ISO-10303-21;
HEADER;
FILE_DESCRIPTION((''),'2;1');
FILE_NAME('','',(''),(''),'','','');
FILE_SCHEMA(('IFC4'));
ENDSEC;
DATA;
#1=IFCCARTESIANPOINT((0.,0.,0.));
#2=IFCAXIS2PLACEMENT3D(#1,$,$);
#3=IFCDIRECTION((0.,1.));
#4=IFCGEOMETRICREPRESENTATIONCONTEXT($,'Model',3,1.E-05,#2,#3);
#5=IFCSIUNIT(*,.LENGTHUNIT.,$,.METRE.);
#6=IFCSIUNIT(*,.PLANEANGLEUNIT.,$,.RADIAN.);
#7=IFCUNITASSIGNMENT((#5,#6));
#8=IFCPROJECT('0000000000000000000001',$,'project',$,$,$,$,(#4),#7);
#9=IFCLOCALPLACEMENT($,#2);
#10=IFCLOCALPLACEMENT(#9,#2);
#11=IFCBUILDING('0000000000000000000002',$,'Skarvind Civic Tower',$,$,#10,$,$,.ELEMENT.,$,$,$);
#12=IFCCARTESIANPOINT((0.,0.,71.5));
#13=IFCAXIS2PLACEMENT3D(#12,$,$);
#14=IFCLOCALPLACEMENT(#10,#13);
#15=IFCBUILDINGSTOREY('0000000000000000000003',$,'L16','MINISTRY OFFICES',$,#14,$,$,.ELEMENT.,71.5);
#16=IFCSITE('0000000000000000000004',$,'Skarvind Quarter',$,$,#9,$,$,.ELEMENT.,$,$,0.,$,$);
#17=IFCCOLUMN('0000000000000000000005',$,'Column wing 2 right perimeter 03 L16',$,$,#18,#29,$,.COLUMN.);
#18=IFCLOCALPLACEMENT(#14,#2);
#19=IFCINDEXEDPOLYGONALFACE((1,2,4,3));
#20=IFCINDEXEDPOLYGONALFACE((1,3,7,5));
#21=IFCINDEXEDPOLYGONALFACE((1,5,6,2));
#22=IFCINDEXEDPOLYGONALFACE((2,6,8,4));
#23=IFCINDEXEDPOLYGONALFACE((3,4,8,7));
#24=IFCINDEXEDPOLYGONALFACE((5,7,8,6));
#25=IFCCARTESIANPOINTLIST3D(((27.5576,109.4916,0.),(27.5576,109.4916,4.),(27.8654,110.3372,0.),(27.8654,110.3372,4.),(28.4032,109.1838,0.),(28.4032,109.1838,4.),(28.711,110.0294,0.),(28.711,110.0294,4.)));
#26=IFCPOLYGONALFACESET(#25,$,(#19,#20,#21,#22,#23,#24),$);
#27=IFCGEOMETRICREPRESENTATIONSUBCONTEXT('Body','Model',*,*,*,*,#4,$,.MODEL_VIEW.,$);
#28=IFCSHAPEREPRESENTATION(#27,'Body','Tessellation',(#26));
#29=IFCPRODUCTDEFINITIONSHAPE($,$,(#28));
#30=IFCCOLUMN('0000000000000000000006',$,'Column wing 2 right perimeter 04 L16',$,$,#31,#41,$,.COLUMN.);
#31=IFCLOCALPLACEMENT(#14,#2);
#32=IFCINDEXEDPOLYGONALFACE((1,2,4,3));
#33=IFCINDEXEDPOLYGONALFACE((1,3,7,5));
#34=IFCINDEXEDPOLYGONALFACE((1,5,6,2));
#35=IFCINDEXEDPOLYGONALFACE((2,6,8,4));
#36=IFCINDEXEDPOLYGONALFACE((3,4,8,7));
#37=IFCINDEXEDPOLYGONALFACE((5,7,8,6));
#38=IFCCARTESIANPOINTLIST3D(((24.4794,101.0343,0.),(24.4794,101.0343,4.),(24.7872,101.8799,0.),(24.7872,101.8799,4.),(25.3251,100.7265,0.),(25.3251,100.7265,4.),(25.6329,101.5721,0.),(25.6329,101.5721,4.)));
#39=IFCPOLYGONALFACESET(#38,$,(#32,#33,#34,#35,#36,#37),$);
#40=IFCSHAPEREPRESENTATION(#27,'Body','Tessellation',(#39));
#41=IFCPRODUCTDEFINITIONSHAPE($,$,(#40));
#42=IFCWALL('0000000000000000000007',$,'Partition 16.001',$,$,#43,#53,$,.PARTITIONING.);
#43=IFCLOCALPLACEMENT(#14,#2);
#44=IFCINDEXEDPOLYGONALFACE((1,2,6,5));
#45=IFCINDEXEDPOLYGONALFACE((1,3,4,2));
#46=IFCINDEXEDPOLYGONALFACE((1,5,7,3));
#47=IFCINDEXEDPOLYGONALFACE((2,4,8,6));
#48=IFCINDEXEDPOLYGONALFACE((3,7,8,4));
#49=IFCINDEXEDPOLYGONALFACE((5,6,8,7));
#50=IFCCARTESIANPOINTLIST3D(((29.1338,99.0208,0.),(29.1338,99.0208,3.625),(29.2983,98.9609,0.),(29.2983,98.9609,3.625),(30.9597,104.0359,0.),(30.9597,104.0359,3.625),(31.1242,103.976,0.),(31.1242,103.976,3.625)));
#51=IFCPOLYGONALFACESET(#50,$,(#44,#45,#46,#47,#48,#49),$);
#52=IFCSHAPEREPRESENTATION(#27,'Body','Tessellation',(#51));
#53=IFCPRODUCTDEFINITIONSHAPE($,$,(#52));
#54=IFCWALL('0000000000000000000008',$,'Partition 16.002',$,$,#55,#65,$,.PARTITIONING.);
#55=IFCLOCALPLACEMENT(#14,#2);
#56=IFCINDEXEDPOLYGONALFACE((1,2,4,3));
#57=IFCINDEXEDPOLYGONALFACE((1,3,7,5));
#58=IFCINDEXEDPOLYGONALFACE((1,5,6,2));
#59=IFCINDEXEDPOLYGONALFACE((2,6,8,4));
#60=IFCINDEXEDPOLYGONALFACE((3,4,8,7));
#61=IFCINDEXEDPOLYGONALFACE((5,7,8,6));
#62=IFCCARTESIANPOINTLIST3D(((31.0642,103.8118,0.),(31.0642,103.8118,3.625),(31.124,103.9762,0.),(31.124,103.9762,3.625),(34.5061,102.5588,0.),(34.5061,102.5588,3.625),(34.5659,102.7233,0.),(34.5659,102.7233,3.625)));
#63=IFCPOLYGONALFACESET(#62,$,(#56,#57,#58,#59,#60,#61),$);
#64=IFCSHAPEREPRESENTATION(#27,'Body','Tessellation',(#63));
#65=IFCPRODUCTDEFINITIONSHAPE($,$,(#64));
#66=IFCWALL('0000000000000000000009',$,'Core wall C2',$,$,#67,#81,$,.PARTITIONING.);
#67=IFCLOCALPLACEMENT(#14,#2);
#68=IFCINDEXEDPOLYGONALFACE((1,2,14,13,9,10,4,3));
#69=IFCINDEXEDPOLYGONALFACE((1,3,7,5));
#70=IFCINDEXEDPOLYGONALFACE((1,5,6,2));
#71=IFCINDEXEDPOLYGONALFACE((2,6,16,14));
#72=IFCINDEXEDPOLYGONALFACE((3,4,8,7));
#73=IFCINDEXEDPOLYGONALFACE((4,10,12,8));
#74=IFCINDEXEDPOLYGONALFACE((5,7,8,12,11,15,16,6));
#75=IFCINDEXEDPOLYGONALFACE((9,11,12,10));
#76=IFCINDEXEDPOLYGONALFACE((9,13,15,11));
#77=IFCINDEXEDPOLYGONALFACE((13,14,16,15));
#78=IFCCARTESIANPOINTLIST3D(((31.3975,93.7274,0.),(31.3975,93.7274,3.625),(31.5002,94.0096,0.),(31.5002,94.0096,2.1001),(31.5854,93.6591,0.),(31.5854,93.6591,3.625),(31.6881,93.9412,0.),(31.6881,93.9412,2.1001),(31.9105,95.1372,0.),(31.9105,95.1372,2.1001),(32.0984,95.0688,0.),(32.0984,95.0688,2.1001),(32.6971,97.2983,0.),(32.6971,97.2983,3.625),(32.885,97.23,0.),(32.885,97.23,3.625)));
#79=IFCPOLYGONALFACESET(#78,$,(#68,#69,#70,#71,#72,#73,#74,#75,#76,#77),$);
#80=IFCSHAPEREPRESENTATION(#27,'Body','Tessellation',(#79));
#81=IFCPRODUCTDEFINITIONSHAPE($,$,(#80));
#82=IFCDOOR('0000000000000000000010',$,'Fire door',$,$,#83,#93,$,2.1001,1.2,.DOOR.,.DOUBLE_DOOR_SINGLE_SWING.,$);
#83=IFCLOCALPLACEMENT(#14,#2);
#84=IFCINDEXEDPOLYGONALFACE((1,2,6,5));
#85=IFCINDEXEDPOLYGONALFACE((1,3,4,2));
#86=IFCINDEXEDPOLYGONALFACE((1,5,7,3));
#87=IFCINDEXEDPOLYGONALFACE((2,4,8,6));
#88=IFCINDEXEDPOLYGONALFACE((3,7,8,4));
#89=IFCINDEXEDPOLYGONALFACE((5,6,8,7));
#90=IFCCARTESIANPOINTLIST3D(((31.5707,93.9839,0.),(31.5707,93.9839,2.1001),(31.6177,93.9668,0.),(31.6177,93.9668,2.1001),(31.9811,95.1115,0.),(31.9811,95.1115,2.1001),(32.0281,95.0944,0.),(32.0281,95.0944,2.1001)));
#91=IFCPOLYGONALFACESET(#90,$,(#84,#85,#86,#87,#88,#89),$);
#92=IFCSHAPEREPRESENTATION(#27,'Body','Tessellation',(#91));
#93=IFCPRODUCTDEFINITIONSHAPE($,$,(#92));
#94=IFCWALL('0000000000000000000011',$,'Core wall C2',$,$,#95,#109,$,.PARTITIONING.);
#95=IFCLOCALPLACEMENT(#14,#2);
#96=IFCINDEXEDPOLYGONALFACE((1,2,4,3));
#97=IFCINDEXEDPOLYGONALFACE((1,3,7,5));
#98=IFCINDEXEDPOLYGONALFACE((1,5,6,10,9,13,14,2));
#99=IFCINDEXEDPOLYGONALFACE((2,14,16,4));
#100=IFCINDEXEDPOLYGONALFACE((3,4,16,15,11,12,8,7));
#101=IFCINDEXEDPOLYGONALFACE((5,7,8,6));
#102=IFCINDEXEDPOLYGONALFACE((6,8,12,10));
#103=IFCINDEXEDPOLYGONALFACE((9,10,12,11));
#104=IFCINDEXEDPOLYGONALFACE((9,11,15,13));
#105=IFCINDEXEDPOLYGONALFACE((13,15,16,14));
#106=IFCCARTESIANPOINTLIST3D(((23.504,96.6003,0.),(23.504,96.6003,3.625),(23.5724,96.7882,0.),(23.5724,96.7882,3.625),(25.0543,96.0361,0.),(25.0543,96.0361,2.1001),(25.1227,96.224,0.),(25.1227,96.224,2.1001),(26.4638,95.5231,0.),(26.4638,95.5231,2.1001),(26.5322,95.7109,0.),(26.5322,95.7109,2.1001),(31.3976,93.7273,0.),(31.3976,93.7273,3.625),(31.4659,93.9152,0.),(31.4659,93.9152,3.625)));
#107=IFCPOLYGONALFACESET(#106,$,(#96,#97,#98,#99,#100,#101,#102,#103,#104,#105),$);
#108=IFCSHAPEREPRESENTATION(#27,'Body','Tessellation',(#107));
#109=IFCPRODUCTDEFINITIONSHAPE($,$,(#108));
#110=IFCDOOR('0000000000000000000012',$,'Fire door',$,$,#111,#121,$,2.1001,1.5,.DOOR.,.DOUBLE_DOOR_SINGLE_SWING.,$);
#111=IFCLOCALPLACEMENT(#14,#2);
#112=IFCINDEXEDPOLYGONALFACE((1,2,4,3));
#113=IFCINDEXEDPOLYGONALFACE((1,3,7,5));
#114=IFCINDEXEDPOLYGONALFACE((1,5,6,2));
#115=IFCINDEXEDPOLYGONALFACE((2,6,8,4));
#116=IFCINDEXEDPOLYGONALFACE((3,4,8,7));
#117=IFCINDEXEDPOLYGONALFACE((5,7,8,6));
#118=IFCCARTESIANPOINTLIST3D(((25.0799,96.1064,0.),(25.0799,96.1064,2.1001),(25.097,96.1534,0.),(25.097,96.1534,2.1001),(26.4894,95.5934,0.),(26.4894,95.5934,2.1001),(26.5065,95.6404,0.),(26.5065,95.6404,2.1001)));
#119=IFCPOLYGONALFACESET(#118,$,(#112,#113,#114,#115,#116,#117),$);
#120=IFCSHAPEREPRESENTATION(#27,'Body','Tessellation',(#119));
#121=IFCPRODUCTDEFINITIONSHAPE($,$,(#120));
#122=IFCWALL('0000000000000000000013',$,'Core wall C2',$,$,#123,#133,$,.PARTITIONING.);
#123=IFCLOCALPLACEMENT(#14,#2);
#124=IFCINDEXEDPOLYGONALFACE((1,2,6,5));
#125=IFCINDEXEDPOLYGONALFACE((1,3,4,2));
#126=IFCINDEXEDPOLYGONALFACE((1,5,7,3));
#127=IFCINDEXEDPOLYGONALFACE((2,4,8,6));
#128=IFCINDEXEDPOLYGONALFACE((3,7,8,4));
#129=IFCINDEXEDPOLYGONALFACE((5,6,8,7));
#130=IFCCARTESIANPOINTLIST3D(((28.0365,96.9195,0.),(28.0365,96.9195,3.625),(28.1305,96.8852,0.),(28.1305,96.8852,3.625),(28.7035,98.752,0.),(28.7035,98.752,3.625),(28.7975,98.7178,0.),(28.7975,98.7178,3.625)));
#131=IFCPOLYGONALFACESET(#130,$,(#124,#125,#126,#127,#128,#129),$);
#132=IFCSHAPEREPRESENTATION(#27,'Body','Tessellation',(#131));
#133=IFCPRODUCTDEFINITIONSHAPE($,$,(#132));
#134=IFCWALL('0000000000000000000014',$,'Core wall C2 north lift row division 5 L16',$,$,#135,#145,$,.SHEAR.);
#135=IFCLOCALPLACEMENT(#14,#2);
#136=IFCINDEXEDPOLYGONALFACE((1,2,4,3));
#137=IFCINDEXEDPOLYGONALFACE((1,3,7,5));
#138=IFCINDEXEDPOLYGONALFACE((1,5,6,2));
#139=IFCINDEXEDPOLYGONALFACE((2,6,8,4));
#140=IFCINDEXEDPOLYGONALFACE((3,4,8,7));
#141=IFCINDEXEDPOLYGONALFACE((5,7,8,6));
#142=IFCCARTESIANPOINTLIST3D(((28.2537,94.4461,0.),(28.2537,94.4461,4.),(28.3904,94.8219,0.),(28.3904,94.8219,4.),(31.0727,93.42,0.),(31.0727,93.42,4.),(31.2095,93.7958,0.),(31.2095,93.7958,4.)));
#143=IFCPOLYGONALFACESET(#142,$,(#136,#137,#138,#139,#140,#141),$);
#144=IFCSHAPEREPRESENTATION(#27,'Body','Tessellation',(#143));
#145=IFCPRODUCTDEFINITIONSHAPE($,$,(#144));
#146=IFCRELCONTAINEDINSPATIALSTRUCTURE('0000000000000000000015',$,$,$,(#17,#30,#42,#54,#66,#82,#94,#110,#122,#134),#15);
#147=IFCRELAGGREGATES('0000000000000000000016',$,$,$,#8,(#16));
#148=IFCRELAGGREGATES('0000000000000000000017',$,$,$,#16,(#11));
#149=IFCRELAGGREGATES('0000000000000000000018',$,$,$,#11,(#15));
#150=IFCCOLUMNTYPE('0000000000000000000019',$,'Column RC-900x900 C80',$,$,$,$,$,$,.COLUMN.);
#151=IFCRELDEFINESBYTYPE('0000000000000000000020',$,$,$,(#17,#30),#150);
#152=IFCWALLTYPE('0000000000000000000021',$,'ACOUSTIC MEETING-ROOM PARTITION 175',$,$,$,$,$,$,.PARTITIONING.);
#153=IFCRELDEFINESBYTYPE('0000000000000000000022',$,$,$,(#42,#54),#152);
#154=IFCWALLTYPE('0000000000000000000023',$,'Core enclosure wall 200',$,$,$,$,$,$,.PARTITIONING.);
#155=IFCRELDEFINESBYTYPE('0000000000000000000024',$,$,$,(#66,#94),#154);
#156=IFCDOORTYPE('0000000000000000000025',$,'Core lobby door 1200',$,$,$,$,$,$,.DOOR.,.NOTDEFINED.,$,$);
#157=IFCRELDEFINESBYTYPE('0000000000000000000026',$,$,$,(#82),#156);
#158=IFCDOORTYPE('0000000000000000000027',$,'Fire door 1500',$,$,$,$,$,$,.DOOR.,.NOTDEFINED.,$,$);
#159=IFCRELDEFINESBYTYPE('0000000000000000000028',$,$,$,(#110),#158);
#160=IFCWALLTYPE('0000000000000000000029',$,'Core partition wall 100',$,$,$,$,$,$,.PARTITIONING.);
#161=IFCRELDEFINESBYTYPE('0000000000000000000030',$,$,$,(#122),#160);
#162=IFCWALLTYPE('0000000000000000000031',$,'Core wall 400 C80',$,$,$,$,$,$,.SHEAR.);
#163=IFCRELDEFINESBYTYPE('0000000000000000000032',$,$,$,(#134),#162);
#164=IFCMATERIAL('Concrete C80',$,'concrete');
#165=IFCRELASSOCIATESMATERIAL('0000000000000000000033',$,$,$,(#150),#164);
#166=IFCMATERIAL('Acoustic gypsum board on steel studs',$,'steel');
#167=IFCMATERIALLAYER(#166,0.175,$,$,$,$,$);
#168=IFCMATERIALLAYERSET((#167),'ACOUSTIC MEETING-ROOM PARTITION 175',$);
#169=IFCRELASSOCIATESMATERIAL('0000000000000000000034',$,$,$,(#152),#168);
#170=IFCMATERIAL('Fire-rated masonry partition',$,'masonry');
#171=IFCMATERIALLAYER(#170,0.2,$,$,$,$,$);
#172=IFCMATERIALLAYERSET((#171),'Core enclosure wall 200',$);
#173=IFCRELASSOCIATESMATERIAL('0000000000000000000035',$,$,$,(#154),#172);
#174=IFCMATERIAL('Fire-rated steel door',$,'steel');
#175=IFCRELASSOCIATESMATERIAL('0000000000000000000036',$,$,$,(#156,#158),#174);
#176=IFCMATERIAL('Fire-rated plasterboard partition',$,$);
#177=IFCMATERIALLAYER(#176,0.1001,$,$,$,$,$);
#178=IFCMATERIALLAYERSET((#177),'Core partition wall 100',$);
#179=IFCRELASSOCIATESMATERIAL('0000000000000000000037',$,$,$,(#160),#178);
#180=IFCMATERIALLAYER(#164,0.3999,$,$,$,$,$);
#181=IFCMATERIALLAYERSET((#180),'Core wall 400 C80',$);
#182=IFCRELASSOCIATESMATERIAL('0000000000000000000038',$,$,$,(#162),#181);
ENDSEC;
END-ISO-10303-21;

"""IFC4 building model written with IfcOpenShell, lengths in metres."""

from ifc_helpers import new_model, si_unit, direction, frame, frame_2d, origin, origin_2d, place, context, subcontext, project, spatial, rectangle, extrude, material, layer, layer_set, material_profile, profile_set, type_object, element, fill, save


model = new_model("IFC4")

# Units and contexts
model_context = context("Model", 3, precision=1e-05, world=origin(), true_north=direction((0.0, 1.0)))
body_context = subcontext(model_context, "Body", "Model", "MODEL_VIEW")
ifc_project = project(units=[si_unit("LENGTHUNIT", "METRE"), si_unit("PLANEANGLEUNIT", "RADIAN")], contexts=[model_context])

# Site, building, storey
site_placement = place(None, origin())
site = spatial("IfcSite", under=ifc_project, at=site_placement, Name="Skarvind Quarter", CompositionType="ELEMENT", RefElevation=0.0)
building_placement = place(site_placement, origin())
building = spatial("IfcBuilding", under=site, at=building_placement, Name="Skarvind Civic Tower", CompositionType="ELEMENT")
storey_placement = place(building_placement, frame((0.0, 0.0, 71.5)))
storey = spatial("IfcBuildingStorey", under=building, at=storey_placement, Name="L16", Description="MINISTRY OFFICES", CompositionType="ELEMENT", Elevation=71.5)

# Columns
ifc_material_1 = material(Name="Concrete C80", Category="concrete")
ifc_material_profile = material_profile(ifc_material_1, rectangle(XDim=0.8999, YDim=0.8999, at=origin_2d()), Name="RC-900x900")
ifc_profile_set = profile_set([ifc_material_profile], Name="Concrete C80")
column_type = type_object("IfcColumnType", Name="Column RC-900x900 C80", PredefinedType="COLUMN", material=ifc_profile_set)
for number, where, z_axis, x_axis, name in (
    (1, (28.1343, 109.7605, 0.0), (0.0, 0.0, 1.0), (-0.34202, -0.939693, 0.0), "Column wing 2 right perimeter 03 L16"),
    (2, (25.0562, 101.3032, 0.0), (0.0, 0.0, 1.0), (-0.34202, -0.939693, 0.0), "Column wing 2 right perimeter 04 L16"),
):
    element("IfcColumn", number, at=place(storey_placement, frame(where, z_axis=z_axis, x_axis=x_axis)), inside=storey, type_object=column_type, Name=name, PredefinedType="COLUMN", context=body_context, shape_type="SweptSolid", body=[
        extrude(rectangle(XDim=0.8999, YDim=0.8999, at=origin_2d()), origin(), (0.0, 0.0, 1.0), 4.0),
    ])

# Walls
ifc_material_2 = material(Name="Acoustic gypsum board on steel studs", Category="steel")
ifc_layer_1 = layer(ifc_material_2, 0.175)
ifc_layer_set_1 = layer_set([ifc_layer_1], Name="ACOUSTIC MEETING-ROOM PARTITION 175")
wall_type_1 = type_object("IfcWallType", Name="ACOUSTIC MEETING-ROOM PARTITION 175", PredefinedType="PARTITIONING", material=ifc_layer_set_1)
wall_1_placement = place(storey_placement, frame((29.2161, 98.991, 0.0), z_axis=(0.0, 0.0, 1.0), x_axis=(0.342114, 0.939658, 0.0)))
element("IfcWall", 3, at=wall_1_placement, inside=storey, type_object=wall_type_1, Name="Partition 16.001", PredefinedType="PARTITIONING", context=body_context, shape_type="SweptSolid", body=[
    extrude(rectangle(XDim=5.3372, YDim=0.175, at=frame_2d((2.6685, 0.0))), origin(), (0.0, 0.0, 1.0), 3.625),
])
wall_2_placement = place(storey_placement, frame((31.094, 103.894, 0.0), z_axis=(0.0, 0.0, 1.0), x_axis=(0.939677, -0.342064, 0.0)))
element("IfcWall", 4, at=wall_2_placement, inside=storey, type_object=wall_type_1, Name="Partition 16.002", PredefinedType="PARTITIONING", context=body_context, shape_type="SweptSolid", body=[
    extrude(rectangle(XDim=3.6628, YDim=0.175, at=frame_2d((1.8315, 0.0))), origin(), (0.0, 0.0, 1.0), 3.625),
])

# Walls, openings, doors
ifc_material_3 = material(Name="Fire-rated masonry partition", Category="masonry")
ifc_layer_2 = layer(ifc_material_3, 0.2)
ifc_layer_set_2 = layer_set([ifc_layer_2], Name="Core enclosure wall 200")
wall_type_2 = type_object("IfcWallType", Name="Core enclosure wall 200", PredefinedType="PARTITIONING", material=ifc_layer_set_2)
wall_3_placement = place(storey_placement, frame((31.4915, 93.6934, 0.0), z_axis=(0.0, 0.0, 1.0), x_axis=(0.341996, 0.939701, 0.0)))
wall_3 = element("IfcWall", 5, at=wall_3_placement, inside=storey, type_object=wall_type_2, Name="Core wall C2", PredefinedType="PARTITIONING", context=body_context, shape_type="SweptSolid", body=[
    extrude(rectangle(XDim=3.8, YDim=0.2, at=frame_2d((1.8999, 0.0))), origin(), (0.0, 0.0, 1.0), 3.625),
])
opening_1_placement = place(wall_3_placement, frame((0.3, 0.0, 0.0)))
opening_1 = element("IfcOpeningElement", 6, at=opening_1_placement, cuts=wall_3, PredefinedType="OPENING", context=body_context, shape_type="SweptSolid", body=[
    extrude(rectangle(XDim=1.2, YDim=2.1001, at=frame_2d((0.6001, 1.05))), frame((0.0, 0.1099, 0.0), z_axis=(0.0, -1.0, 0.0), x_axis=(1.0, 0.0, 0.0)), (0.0, 0.0, 1.0), 0.22),
])
ifc_material_4 = material(Name="Fire-rated steel door", Category="steel")
door_type_1 = type_object("IfcDoorType", Name="Core lobby door 1200", OperationType="NOTDEFINED", PredefinedType="DOOR", material=ifc_material_4)
door_1_placement = place(opening_1_placement, origin())
door_1 = element("IfcDoor", 7, at=door_1_placement, inside=storey, type_object=door_type_1, Name="Fire door", OperationType="DOUBLE_DOOR_SINGLE_SWING", OverallHeight=2.1001, OverallWidth=1.2, PredefinedType="DOOR", context=body_context, shape_type="SweptSolid", body=[
    extrude(rectangle(XDim=1.2, YDim=2.1001, at=frame_2d((0.6001, 1.05))), frame((0.0, 0.0249, 0.0), z_axis=(0.0, -1.0, 0.0), x_axis=(1.0, 0.0, 0.0)), (0.0, 0.0, 1.0), 0.05),
])
fill(opening_1, door_1)
wall_4_placement = place(storey_placement, frame((23.5381, 96.6943, 0.0), z_axis=(0.0, 0.0, 1.0), x_axis=(0.939692, -0.342023, 0.0)))
wall_4 = element("IfcWall", 8, at=wall_4_placement, inside=storey, type_object=wall_type_2, Name="Core wall C2", PredefinedType="PARTITIONING", context=body_context, shape_type="SweptSolid", body=[
    extrude(rectangle(XDim=8.4001, YDim=0.2, at=frame_2d((4.2002, 0.0))), origin(), (0.0, 0.0, 1.0), 3.625),
])
opening_2_placement = place(wall_4_placement, frame((1.6499, 0.0, 0.0)))
opening_2 = element("IfcOpeningElement", 9, at=opening_2_placement, cuts=wall_4, PredefinedType="OPENING", context=body_context, shape_type="SweptSolid", body=[
    extrude(rectangle(XDim=1.5, YDim=2.1001, at=frame_2d((0.75, 1.05))), frame((0.0, 0.1099, 0.0), z_axis=(0.0, -1.0, 0.0), x_axis=(1.0, 0.0, 0.0)), (0.0, 0.0, 1.0), 0.22),
])
door_type_2 = type_object("IfcDoorType", Name="Fire door 1500", OperationType="NOTDEFINED", PredefinedType="DOOR", material=ifc_material_4)
door_2_placement = place(opening_2_placement, origin())
door_2 = element("IfcDoor", 10, at=door_2_placement, inside=storey, type_object=door_type_2, Name="Fire door", OperationType="DOUBLE_DOOR_SINGLE_SWING", OverallHeight=2.1001, OverallWidth=1.5, PredefinedType="DOOR", context=body_context, shape_type="SweptSolid", body=[
    extrude(rectangle(XDim=1.5, YDim=2.1001, at=frame_2d((0.75, 1.05))), frame((0.0, 0.0249, 0.0), z_axis=(0.0, -1.0, 0.0), x_axis=(1.0, 0.0, 0.0)), (0.0, 0.0, 1.0), 0.05),
])
fill(opening_2, door_2)

# Walls
ifc_material_5 = material(Name="Fire-rated plasterboard partition")
ifc_layer_3 = layer(ifc_material_5, 0.1001)
ifc_layer_set_3 = layer_set([ifc_layer_3], Name="Core partition wall 100")
wall_type_3 = type_object("IfcWallType", Name="Core partition wall 100", PredefinedType="PARTITIONING", material=ifc_layer_set_3)
wall_5_placement = place(storey_placement, frame((28.0835, 96.9023, 0.0), z_axis=(0.0, 0.0, 1.0), x_axis=(0.342025, 0.939691, 0.0)))
element("IfcWall", 11, at=wall_5_placement, inside=storey, type_object=wall_type_3, Name="Core wall C2", PredefinedType="PARTITIONING", context=body_context, shape_type="SweptSolid", body=[
    extrude(rectangle(XDim=1.9502, YDim=0.1001, at=frame_2d((0.9751, 0.0))), origin(), (0.0, 0.0, 1.0), 3.625),
])
ifc_layer_4 = layer(ifc_material_1, 0.3999)
ifc_layer_set_4 = layer_set([ifc_layer_4], Name="Core wall 400 C80")
wall_type_4 = type_object("IfcWallType", Name="Core wall 400 C80", PredefinedType="SHEAR", material=ifc_layer_set_4)
wall_6_placement = place(storey_placement, frame((31.1411, 93.6079, 0.0), z_axis=(0.0, 0.0, 1.0), x_axis=(-0.939686, 0.342037, 0.0)))
element("IfcWall", 12, at=wall_6_placement, inside=storey, type_object=wall_type_4, Name="Core wall C2 north lift row division 5 L16", PredefinedType="SHEAR", context=body_context, shape_type="SweptSolid", body=[
    extrude(rectangle(XDim=3.0, YDim=0.3999, at=frame_2d((1.5, 0.0))), origin(), (0.0, 0.0, 1.0), 4.0),
])

save(model, "model.ifc")
